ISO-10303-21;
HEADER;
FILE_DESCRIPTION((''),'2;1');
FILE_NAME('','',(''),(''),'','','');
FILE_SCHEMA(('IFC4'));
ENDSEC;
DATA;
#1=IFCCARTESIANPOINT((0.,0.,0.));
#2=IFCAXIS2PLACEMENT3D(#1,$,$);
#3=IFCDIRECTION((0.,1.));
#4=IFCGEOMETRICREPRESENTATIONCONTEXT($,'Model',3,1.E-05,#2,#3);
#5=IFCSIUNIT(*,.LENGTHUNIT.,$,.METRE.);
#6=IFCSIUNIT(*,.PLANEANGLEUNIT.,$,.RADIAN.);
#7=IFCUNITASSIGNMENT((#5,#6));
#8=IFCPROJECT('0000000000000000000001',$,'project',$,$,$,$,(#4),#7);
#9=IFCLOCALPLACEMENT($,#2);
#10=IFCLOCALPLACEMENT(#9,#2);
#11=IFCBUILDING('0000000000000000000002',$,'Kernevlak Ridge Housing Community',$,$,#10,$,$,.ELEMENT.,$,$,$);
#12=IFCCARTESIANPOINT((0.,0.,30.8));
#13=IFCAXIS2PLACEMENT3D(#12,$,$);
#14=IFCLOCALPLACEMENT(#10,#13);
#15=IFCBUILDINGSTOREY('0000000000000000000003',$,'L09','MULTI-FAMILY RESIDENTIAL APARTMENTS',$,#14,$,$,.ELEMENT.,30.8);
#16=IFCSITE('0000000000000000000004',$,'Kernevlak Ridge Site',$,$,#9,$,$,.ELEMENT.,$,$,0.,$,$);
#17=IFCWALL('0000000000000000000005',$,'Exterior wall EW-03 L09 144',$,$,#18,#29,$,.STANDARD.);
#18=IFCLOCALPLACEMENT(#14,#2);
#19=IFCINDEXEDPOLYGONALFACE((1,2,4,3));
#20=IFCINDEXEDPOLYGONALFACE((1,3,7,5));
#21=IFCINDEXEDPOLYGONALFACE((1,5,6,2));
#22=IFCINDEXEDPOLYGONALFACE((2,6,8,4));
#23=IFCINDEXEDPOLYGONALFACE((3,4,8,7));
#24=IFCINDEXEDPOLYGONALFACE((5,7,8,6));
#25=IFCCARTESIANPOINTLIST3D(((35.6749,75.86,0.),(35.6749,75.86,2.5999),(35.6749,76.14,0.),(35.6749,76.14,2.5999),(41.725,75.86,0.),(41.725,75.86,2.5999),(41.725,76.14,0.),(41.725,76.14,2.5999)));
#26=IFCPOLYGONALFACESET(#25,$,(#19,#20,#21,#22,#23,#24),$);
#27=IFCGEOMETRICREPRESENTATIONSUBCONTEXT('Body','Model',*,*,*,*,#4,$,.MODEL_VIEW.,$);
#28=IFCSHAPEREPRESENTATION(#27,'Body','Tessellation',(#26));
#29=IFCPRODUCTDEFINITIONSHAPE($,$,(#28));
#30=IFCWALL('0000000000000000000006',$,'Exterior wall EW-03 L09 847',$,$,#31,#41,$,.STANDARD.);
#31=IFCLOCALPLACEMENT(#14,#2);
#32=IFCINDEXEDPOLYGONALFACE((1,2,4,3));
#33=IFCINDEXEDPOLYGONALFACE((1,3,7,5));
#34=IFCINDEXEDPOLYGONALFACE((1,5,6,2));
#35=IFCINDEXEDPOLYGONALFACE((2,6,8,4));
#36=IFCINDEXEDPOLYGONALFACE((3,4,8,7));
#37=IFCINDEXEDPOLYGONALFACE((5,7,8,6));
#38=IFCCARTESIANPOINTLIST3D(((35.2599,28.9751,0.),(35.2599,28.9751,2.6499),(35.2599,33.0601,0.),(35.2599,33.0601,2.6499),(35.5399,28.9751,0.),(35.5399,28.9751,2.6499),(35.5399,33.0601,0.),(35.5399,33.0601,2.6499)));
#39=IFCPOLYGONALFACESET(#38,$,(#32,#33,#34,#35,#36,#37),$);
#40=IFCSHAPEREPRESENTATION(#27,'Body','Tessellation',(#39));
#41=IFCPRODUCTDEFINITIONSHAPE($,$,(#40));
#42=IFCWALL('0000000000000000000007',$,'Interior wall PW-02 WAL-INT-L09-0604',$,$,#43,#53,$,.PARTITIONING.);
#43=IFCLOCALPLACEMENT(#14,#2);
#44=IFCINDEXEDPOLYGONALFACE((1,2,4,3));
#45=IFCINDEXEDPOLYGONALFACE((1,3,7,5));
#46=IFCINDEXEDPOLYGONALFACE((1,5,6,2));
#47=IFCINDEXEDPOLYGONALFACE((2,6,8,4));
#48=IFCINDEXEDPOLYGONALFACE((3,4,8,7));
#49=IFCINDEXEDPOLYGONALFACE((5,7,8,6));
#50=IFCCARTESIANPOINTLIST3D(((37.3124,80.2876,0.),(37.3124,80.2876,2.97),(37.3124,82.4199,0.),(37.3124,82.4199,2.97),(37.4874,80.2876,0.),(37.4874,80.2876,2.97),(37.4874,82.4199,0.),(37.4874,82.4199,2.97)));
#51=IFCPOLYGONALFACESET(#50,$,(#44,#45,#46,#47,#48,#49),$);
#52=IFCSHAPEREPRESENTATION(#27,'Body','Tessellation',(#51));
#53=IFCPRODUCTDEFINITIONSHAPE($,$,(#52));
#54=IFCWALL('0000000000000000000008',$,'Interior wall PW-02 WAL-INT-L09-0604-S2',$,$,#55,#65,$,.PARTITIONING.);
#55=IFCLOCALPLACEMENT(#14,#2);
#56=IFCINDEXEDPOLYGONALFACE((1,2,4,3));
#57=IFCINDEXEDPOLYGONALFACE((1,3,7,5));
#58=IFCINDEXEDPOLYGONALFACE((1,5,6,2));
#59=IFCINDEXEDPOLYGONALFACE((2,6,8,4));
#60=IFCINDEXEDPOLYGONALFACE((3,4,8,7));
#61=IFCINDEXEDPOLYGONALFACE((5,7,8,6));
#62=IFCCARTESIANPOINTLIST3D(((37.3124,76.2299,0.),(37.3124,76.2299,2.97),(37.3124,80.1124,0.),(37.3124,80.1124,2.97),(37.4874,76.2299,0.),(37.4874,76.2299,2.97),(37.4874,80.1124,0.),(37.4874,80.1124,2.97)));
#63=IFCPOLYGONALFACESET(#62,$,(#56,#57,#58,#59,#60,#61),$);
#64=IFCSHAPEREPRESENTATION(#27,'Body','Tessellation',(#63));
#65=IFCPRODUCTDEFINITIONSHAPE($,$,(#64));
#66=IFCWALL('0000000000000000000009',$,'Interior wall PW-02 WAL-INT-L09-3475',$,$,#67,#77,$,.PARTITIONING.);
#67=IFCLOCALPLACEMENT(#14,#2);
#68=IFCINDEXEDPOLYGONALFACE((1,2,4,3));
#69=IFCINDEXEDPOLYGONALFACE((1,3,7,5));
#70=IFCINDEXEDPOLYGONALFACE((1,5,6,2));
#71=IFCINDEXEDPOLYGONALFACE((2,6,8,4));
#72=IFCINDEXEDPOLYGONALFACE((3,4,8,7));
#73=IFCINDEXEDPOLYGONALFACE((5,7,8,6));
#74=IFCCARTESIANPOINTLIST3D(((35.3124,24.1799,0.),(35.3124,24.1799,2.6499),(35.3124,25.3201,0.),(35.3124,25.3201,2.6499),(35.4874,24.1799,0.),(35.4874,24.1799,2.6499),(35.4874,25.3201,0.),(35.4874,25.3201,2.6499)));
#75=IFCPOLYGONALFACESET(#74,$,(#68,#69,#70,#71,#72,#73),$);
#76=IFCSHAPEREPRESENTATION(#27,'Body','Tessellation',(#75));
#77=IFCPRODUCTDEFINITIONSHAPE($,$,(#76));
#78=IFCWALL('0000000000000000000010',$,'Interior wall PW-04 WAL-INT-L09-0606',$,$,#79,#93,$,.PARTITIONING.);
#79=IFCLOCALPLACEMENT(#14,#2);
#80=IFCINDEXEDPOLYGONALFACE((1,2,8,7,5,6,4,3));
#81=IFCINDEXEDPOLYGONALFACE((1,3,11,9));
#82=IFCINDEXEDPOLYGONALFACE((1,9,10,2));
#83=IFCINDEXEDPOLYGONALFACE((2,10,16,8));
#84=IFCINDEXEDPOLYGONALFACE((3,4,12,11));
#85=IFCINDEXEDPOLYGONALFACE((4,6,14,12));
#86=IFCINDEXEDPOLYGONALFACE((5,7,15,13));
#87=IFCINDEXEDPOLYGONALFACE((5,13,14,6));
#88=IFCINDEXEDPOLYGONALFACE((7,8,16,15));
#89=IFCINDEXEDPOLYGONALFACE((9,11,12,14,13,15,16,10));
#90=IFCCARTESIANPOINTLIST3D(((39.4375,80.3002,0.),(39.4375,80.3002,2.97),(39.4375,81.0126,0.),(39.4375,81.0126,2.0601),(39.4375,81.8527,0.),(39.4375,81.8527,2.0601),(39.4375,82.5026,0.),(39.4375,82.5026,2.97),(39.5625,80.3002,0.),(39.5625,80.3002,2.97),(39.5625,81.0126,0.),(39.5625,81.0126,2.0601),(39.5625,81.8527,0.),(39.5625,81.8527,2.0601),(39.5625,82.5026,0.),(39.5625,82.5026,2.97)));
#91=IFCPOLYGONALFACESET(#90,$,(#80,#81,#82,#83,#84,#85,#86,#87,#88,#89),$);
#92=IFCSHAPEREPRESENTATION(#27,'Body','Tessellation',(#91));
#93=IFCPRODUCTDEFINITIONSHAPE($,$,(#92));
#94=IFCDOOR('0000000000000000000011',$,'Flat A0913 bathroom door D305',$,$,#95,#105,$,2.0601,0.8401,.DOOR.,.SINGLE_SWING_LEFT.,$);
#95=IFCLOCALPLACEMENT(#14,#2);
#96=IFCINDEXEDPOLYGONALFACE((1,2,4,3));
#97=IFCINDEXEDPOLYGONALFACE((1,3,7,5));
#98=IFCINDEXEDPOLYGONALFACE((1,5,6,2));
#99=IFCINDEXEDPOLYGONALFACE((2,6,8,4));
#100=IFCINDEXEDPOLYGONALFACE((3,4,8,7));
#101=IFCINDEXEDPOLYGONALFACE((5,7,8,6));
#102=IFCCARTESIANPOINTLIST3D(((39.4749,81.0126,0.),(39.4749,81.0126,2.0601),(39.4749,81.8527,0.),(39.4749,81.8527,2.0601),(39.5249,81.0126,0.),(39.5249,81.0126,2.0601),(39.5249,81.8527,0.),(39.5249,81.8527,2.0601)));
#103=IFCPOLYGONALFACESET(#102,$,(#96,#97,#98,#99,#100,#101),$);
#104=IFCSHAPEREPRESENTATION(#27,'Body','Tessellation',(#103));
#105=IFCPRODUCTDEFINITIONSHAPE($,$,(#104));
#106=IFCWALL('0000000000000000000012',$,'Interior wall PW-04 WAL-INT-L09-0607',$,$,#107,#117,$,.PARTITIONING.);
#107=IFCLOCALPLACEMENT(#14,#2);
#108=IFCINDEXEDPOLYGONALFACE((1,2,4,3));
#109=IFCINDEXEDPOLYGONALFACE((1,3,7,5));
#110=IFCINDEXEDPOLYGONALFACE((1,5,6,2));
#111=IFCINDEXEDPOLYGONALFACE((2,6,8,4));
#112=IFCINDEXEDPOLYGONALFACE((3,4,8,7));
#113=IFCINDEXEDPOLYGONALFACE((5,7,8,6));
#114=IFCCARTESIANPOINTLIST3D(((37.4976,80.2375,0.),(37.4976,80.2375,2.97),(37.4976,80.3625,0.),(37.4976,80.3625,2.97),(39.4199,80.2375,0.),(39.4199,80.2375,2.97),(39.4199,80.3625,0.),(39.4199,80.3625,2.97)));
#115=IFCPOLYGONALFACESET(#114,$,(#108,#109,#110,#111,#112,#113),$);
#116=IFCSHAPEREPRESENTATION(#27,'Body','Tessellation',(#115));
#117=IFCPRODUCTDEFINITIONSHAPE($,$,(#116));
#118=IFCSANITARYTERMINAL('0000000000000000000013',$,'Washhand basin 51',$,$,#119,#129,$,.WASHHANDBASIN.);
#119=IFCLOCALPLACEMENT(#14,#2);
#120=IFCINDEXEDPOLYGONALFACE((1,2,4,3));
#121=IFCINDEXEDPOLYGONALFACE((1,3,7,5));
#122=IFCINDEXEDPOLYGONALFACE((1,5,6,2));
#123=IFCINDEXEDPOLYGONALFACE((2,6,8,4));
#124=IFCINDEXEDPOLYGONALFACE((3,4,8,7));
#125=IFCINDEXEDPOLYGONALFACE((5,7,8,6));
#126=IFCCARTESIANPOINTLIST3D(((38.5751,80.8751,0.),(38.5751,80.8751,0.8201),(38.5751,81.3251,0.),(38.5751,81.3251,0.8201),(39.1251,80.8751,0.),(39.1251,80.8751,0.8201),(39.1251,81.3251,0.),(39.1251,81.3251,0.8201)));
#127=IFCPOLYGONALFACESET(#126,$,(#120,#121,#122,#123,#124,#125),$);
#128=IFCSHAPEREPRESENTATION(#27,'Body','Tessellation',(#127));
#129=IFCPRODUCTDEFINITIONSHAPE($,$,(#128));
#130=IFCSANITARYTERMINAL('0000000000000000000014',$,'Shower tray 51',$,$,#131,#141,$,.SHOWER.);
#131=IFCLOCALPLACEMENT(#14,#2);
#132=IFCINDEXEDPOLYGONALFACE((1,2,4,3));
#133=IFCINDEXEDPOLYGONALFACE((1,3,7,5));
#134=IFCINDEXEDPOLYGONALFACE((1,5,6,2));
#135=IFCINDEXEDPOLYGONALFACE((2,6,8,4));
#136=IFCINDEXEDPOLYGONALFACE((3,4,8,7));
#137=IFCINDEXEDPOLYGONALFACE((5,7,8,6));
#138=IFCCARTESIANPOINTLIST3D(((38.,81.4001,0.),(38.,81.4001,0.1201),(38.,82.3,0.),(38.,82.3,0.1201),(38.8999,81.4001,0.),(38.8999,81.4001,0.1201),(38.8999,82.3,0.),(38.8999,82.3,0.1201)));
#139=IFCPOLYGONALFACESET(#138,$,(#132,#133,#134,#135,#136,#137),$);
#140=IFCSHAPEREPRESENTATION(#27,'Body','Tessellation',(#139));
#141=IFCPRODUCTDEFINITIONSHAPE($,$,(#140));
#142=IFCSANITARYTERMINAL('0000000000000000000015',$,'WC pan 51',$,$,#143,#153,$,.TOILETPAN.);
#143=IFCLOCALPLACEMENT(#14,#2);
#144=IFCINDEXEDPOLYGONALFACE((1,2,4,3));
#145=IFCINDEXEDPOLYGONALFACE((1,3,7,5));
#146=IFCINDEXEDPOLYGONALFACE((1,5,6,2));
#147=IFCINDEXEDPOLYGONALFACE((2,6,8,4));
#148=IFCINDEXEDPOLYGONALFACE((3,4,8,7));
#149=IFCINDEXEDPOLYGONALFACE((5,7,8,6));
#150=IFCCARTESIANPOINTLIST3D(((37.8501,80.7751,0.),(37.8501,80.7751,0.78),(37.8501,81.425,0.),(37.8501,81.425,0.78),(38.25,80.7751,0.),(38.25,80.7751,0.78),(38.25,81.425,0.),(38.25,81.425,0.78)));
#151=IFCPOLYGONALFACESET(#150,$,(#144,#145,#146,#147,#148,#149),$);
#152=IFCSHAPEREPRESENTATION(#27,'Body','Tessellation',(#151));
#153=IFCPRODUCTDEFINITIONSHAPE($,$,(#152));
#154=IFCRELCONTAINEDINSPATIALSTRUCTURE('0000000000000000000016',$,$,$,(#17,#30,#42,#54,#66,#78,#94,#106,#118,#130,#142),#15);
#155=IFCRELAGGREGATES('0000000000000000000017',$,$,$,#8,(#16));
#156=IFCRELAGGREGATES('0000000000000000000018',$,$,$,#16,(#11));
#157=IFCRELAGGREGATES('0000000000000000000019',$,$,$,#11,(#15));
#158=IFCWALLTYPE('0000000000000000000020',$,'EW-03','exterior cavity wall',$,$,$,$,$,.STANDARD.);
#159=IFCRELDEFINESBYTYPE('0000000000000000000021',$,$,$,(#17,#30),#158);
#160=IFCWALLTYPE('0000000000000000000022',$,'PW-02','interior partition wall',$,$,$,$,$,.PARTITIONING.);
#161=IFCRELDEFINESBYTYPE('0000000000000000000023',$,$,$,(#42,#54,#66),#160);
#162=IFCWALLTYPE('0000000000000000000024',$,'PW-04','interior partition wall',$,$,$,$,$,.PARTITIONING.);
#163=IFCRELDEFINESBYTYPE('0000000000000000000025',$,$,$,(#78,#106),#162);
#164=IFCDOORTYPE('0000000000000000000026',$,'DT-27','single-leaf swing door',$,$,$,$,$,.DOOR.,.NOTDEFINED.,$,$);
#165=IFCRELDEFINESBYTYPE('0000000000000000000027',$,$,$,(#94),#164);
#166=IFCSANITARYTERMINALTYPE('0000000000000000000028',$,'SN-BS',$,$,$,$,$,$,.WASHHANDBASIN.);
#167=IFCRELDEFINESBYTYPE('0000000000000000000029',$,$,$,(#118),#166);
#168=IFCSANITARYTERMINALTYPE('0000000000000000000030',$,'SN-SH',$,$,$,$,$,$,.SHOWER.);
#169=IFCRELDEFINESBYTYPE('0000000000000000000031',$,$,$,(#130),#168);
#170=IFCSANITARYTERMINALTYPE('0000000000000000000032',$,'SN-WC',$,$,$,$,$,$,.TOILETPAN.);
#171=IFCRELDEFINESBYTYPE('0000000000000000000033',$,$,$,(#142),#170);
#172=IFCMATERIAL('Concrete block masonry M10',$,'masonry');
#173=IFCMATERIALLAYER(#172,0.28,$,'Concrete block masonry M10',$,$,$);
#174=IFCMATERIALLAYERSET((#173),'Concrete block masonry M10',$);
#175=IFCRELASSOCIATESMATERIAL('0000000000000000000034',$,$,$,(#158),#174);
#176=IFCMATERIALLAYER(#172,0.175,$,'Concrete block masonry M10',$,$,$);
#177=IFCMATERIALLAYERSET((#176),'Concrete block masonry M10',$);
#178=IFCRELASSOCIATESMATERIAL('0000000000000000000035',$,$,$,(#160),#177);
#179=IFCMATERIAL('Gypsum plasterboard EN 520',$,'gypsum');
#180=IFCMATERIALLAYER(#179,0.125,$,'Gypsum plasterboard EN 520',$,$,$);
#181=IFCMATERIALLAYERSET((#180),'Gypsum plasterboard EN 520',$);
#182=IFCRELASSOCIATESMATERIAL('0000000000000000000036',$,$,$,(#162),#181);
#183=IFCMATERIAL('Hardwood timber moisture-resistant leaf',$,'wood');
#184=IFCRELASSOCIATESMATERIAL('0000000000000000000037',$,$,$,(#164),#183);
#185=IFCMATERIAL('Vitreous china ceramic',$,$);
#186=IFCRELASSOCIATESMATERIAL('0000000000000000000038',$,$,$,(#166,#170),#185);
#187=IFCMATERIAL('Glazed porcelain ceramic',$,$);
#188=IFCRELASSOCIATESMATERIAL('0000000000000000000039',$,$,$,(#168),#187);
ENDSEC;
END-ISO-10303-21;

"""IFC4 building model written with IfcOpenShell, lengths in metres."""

from ifc_helpers import new_model, si_unit, direction, frame, frame_2d, origin, origin_2d, place, context, subcontext, project, spatial, rectangle, extrude, material, layer, layer_set, type_object, element, fill, save


model = new_model("IFC4")

# Units and contexts
model_context = context("Model", 3, precision=1e-05, world=origin(), true_north=direction((0.0, 1.0)))
body_context = subcontext(model_context, "Body", "Model", "MODEL_VIEW")
ifc_project = project(units=[si_unit("LENGTHUNIT", "METRE"), si_unit("PLANEANGLEUNIT", "RADIAN")], contexts=[model_context])

# Site, building, storey
site_placement = place(None, origin())
site = spatial("IfcSite", under=ifc_project, at=site_placement, Name="Kernevlak Ridge Site", CompositionType="ELEMENT", RefElevation=0.0)
building_placement = place(site_placement, origin())
building = spatial("IfcBuilding", under=site, at=building_placement, Name="Kernevlak Ridge Housing Community", CompositionType="ELEMENT")
storey_placement = place(building_placement, frame((0.0, 0.0, 30.8)))
storey = spatial("IfcBuildingStorey", under=building, at=storey_placement, Name="L09", Description="MULTI-FAMILY RESIDENTIAL APARTMENTS", CompositionType="ELEMENT", Elevation=30.8)

# Walls
ifc_material_1 = material(Name="Concrete block masonry M10", Category="masonry")
ifc_layer_1 = layer(ifc_material_1, 0.28, Name="Concrete block masonry M10")
ifc_layer_set_1 = layer_set([ifc_layer_1], Name="Concrete block masonry M10")
wall_type_1 = type_object("IfcWallType", Name="EW-03", Description="exterior cavity wall", PredefinedType="STANDARD", material=ifc_layer_set_1)
wall_1_placement = place(storey_placement, frame((35.675, 76.0, 0.0), z_axis=(0.0, 0.0, 1.0), x_axis=(1.0, 0.0, 0.0)))
element("IfcWall", 1, at=wall_1_placement, inside=storey, type_object=wall_type_1, Name="Exterior wall EW-03 L09 144", PredefinedType="STANDARD", context=body_context, shape_type="SweptSolid", body=[
    extrude(rectangle(XDim=6.05, YDim=0.28, at=frame_2d((3.0249, 0.0))), origin(), (0.0, 0.0, 1.0), 2.5999),
])
wall_2_placement = place(storey_placement, frame((35.3999, 28.9751, 0.0), z_axis=(0.0, 0.0, 1.0), x_axis=(0.0, 1.0, 0.0)))
element("IfcWall", 2, at=wall_2_placement, inside=storey, type_object=wall_type_1, Name="Exterior wall EW-03 L09 847", PredefinedType="STANDARD", context=body_context, shape_type="SweptSolid", body=[
    extrude(rectangle(XDim=4.085, YDim=0.28, at=frame_2d((2.0425, 0.0))), origin(), (0.0, 0.0, 1.0), 2.6499),
])
ifc_layer_2 = layer(ifc_material_1, 0.175, Name="Concrete block masonry M10")
ifc_layer_set_2 = layer_set([ifc_layer_2], Name="Concrete block masonry M10")
wall_type_2 = type_object("IfcWallType", Name="PW-02", Description="interior partition wall", PredefinedType="PARTITIONING", material=ifc_layer_set_2)
wall_3_placement = place(storey_placement, frame((37.3999, 82.4199, 0.0), z_axis=(0.0, 0.0, 1.0), x_axis=(0.0, -1.0, 0.0)))
element("IfcWall", 3, at=wall_3_placement, inside=storey, type_object=wall_type_2, Name="Interior wall PW-02 WAL-INT-L09-0604", PredefinedType="PARTITIONING", context=body_context, shape_type="SweptSolid", body=[
    extrude(rectangle(XDim=2.1323, YDim=0.175, at=frame_2d((1.0662, 0.0))), origin(), (0.0, 0.0, 1.0), 2.97),
])
wall_4_placement = place(storey_placement, frame((37.3999, 80.1125, 0.0), z_axis=(0.0, 0.0, 1.0), x_axis=(0.0, -1.0, 0.0)))
element("IfcWall", 4, at=wall_4_placement, inside=storey, type_object=wall_type_2, Name="Interior wall PW-02 WAL-INT-L09-0604-S2", PredefinedType="PARTITIONING", context=body_context, shape_type="SweptSolid", body=[
    extrude(rectangle(XDim=3.8826, YDim=0.175, at=frame_2d((1.9414, 0.0))), origin(), (0.0, 0.0, 1.0), 2.97),
])
wall_5_placement = place(storey_placement, frame((35.3999, 24.1799, 0.0), z_axis=(0.0, 0.0, 1.0), x_axis=(0.0, 1.0, 0.0)))
element("IfcWall", 5, at=wall_5_placement, inside=storey, type_object=wall_type_2, Name="Interior wall PW-02 WAL-INT-L09-3475", PredefinedType="PARTITIONING", context=body_context, shape_type="SweptSolid", body=[
    extrude(rectangle(XDim=1.1401, YDim=0.175, at=frame_2d((0.5701, 0.0))), origin(), (0.0, 0.0, 1.0), 2.6499),
])

# Wall, opening, door
ifc_material_2 = material(Name="Gypsum plasterboard EN 520", Category="gypsum")
ifc_layer_3 = layer(ifc_material_2, 0.125, Name="Gypsum plasterboard EN 520")
ifc_layer_set_3 = layer_set([ifc_layer_3], Name="Gypsum plasterboard EN 520")
wall_type_3 = type_object("IfcWallType", Name="PW-04", Description="interior partition wall", PredefinedType="PARTITIONING", material=ifc_layer_set_3)
wall_6_placement = place(storey_placement, frame((39.5, 82.5024, 0.0), z_axis=(0.0, 0.0, 1.0), x_axis=(0.0, -1.0, 0.0)))
wall_6 = element("IfcWall", 6, at=wall_6_placement, inside=storey, type_object=wall_type_3, Name="Interior wall PW-04 WAL-INT-L09-0606", PredefinedType="PARTITIONING", context=body_context, shape_type="SweptSolid", body=[
    extrude(rectangle(XDim=2.2024, YDim=0.125, at=frame_2d((1.1011, 0.0))), origin(), (0.0, 0.0, 1.0), 2.97),
])
opening_placement = place(wall_6_placement, frame((0.6499, 0.0, 0.0)))
opening = element("IfcOpeningElement", 7, at=opening_placement, cuts=wall_6, PredefinedType="OPENING", context=body_context, shape_type="SweptSolid", body=[
    extrude(rectangle(XDim=0.8401, YDim=2.0601, at=frame_2d((0.4199, 1.03))), frame((0.0, 0.0725, 0.0), z_axis=(0.0, -1.0, 0.0), x_axis=(1.0, 0.0, 0.0)), (0.0, 0.0, 1.0), 0.145),
])
ifc_material_3 = material(Name="Hardwood timber moisture-resistant leaf", Category="wood")
door_type = type_object("IfcDoorType", Name="DT-27", Description="single-leaf swing door", OperationType="NOTDEFINED", PredefinedType="DOOR", material=ifc_material_3)
door_placement = place(opening_placement, origin())
door = element("IfcDoor", 8, at=door_placement, inside=storey, type_object=door_type, Name="Flat A0913 bathroom door D305", OperationType="SINGLE_SWING_LEFT", OverallHeight=2.0601, OverallWidth=0.8401, PredefinedType="DOOR", context=body_context, shape_type="SweptSolid", body=[
    extrude(rectangle(XDim=0.8401, YDim=2.0601, at=frame_2d((0.4199, 1.03))), frame((0.0, 0.0249, 0.0), z_axis=(0.0, -1.0, 0.0), x_axis=(1.0, 0.0, 0.0)), (0.0, 0.0, 1.0), 0.05),
])
fill(opening, door)

# Wall
wall_7_placement = place(storey_placement, frame((37.4976, 80.3, 0.0), z_axis=(0.0, 0.0, 1.0), x_axis=(1.0, 0.0, 0.0)))
element("IfcWall", 9, at=wall_7_placement, inside=storey, type_object=wall_type_3, Name="Interior wall PW-04 WAL-INT-L09-0607", PredefinedType="PARTITIONING", context=body_context, shape_type="SweptSolid", body=[
    extrude(rectangle(XDim=1.9224, YDim=0.125, at=frame_2d((0.9612, 0.0))), origin(), (0.0, 0.0, 1.0), 2.97),
])

# Sanitary terminals
ifc_material_4 = material(Name="Vitreous china ceramic")
sanitary_terminal_type_1 = type_object("IfcSanitaryTerminalType", Name="SN-BS", PredefinedType="WASHHANDBASIN", material=ifc_material_4)
sanitary_terminal_1_placement = place(storey_placement, frame((38.8501, 81.1001, 0.0), z_axis=(0.0, 0.0, 1.0), x_axis=(1.0, 0.0, 0.0)))
element("IfcSanitaryTerminal", 10, at=sanitary_terminal_1_placement, inside=storey, type_object=sanitary_terminal_type_1, Name="Washhand basin 51", PredefinedType="WASHHANDBASIN", context=body_context, shape_type="SweptSolid", body=[
    extrude(rectangle(XDim=0.55, YDim=0.45, at=origin_2d()), origin(), (0.0, 0.0, 1.0), 0.8201),
])
ifc_material_5 = material(Name="Glazed porcelain ceramic")
sanitary_terminal_type_2 = type_object("IfcSanitaryTerminalType", Name="SN-SH", PredefinedType="SHOWER", material=ifc_material_5)
sanitary_terminal_2_placement = place(storey_placement, frame((38.45, 81.8501, 0.0), z_axis=(0.0, 0.0, 1.0), x_axis=(1.0, 0.0, 0.0)))
element("IfcSanitaryTerminal", 11, at=sanitary_terminal_2_placement, inside=storey, type_object=sanitary_terminal_type_2, Name="Shower tray 51", PredefinedType="SHOWER", context=body_context, shape_type="SweptSolid", body=[
    extrude(rectangle(XDim=0.8999, YDim=0.8999, at=origin_2d()), origin(), (0.0, 0.0, 1.0), 0.1201),
])
sanitary_terminal_type_3 = type_object("IfcSanitaryTerminalType", Name="SN-WC", PredefinedType="TOILETPAN", material=ifc_material_4)
sanitary_terminal_3_placement = place(storey_placement, frame((38.05, 81.1001, 0.0), z_axis=(0.0, 0.0, 1.0), x_axis=(1.0, 0.0, 0.0)))
element("IfcSanitaryTerminal", 12, at=sanitary_terminal_3_placement, inside=storey, type_object=sanitary_terminal_type_3, Name="WC pan 51", PredefinedType="TOILETPAN", context=body_context, shape_type="SweptSolid", body=[
    extrude(rectangle(XDim=0.3999, YDim=0.6499, at=origin_2d()), origin(), (0.0, 0.0, 1.0), 0.78),
])

save(model, "model.ifc")
